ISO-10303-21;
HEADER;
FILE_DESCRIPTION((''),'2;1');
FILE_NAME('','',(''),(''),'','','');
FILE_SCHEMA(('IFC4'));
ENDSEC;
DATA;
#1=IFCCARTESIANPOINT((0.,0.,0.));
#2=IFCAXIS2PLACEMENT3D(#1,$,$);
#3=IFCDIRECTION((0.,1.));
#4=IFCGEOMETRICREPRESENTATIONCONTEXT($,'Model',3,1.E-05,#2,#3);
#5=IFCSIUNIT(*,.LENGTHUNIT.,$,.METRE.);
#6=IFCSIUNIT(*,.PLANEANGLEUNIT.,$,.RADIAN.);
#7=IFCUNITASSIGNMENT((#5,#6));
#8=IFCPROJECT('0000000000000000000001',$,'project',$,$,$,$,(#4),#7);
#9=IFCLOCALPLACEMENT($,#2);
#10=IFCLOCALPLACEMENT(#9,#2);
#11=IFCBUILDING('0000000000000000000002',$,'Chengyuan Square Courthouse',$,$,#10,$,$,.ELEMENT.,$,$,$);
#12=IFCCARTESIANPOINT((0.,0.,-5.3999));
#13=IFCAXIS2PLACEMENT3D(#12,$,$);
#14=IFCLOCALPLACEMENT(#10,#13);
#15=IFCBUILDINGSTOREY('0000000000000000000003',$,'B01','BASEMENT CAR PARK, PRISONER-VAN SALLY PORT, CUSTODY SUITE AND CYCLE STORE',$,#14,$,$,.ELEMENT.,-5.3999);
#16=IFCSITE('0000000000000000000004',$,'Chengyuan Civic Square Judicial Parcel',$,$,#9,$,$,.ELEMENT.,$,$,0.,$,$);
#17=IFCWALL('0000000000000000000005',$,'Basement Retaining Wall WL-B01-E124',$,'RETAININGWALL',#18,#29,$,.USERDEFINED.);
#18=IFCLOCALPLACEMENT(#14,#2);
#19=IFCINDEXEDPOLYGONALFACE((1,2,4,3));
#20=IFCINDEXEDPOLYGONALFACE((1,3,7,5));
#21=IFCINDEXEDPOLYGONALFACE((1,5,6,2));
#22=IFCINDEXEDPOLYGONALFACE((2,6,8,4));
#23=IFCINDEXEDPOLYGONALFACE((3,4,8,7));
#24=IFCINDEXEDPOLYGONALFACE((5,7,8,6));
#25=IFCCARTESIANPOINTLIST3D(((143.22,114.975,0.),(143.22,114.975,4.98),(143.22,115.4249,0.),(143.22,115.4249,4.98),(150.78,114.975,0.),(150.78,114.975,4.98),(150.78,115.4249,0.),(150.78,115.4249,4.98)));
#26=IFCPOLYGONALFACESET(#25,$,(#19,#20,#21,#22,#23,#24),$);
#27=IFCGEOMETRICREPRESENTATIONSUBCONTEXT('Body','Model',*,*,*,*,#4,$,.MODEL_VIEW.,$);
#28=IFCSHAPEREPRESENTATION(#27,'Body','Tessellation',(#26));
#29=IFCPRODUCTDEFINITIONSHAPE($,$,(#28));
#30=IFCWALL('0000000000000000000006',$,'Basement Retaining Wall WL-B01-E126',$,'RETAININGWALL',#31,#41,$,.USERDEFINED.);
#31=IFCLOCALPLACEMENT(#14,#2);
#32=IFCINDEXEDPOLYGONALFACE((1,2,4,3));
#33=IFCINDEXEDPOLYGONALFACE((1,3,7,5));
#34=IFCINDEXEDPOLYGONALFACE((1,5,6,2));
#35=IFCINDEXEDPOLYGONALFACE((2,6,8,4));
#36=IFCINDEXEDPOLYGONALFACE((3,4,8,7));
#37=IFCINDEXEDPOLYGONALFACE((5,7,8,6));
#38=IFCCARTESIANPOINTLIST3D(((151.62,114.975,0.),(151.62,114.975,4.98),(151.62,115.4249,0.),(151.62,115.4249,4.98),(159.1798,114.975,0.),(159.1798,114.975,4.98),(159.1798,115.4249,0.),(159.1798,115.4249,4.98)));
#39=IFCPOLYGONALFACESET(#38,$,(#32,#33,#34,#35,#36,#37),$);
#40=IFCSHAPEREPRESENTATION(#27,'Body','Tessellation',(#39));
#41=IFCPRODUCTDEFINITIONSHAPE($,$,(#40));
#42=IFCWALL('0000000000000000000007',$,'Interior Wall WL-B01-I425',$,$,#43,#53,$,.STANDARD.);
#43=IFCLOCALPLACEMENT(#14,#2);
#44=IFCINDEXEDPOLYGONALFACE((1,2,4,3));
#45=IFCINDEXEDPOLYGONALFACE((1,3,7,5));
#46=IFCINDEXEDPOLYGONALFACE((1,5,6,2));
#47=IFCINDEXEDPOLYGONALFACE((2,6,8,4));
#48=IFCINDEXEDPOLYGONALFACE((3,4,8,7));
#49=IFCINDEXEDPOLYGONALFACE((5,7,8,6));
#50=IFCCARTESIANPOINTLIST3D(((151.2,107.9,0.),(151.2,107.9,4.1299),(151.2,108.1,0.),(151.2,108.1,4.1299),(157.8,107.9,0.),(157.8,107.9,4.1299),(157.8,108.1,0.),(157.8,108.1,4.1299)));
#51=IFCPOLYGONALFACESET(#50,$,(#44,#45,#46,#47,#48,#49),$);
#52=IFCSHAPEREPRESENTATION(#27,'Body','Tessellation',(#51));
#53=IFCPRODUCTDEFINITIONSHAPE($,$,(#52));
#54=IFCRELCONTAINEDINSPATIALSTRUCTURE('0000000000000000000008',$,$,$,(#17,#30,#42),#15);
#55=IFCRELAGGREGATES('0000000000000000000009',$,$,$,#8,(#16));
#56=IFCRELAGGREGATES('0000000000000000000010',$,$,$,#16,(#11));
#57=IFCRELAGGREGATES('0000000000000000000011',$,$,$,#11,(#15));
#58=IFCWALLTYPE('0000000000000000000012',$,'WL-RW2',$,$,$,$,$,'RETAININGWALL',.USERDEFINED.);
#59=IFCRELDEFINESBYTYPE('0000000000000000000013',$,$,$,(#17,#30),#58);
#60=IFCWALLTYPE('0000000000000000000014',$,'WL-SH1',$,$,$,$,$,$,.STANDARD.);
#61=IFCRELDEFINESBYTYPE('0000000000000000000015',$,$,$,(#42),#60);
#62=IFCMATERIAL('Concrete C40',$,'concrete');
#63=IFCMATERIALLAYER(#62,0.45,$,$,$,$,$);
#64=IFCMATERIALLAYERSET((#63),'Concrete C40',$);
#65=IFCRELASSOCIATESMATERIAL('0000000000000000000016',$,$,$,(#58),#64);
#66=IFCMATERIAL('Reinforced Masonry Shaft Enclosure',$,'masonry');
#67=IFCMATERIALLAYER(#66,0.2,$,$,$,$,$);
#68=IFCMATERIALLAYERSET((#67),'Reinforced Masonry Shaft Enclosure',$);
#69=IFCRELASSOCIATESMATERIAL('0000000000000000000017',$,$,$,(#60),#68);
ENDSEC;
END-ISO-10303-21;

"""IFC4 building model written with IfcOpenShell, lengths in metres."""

from ifc_helpers import new_model, si_unit, direction, frame, frame_2d, origin, place, context, subcontext, project, spatial, rectangle, extrude, material, layer, layer_set, type_object, element, save


model = new_model("IFC4")

# Units and contexts
model_context = context("Model", 3, precision=1e-05, world=origin(), true_north=direction((0.0, 1.0)))
body_context = subcontext(model_context, "Body", "Model", "MODEL_VIEW")
ifc_project = project(units=[si_unit("LENGTHUNIT", "METRE"), si_unit("PLANEANGLEUNIT", "RADIAN")], contexts=[model_context])

# Site, building, storey
site_placement = place(None, origin())
site = spatial("IfcSite", under=ifc_project, at=site_placement, Name="Chengyuan Civic Square Judicial Parcel", CompositionType="ELEMENT", RefElevation=0.0)
building_placement = place(site_placement, origin())
building = spatial("IfcBuilding", under=site, at=building_placement, Name="Chengyuan Square Courthouse", CompositionType="ELEMENT")
storey_placement = place(building_placement, frame((0.0, 0.0, -5.3999)))
storey = spatial("IfcBuildingStorey", under=building, at=storey_placement, Name="B01", Description="BASEMENT CAR PARK, PRISONER-VAN SALLY PORT, CUSTODY SUITE AND CYCLE STORE", CompositionType="ELEMENT", Elevation=-5.3999)

# Shared definitions
ifc_material_1 = material(Name="Concrete C40", Category="concrete")

# Walls
ifc_layer_1 = layer(ifc_material_1, 0.45)
ifc_layer_set_1 = layer_set([ifc_layer_1], Name="Concrete C40")
wall_type_1 = type_object("IfcWallType", Name="WL-RW2", ElementType="RETAININGWALL", PredefinedType="USERDEFINED", material=ifc_layer_set_1)
wall_1_placement = place(storey_placement, frame((143.22, 115.2, 0.0), z_axis=(0.0, 0.0, 1.0), x_axis=(1.0, 0.0, 0.0)))
element("IfcWall", 1, at=wall_1_placement, inside=storey, type_object=wall_type_1, Name="Basement Retaining Wall WL-B01-E124", ObjectType="RETAININGWALL", PredefinedType="USERDEFINED", context=body_context, shape_type="SweptSolid", body=[
    extrude(rectangle(XDim=7.5601, YDim=0.45, at=frame_2d((3.78, 0.0))), origin(), (0.0, 0.0, 1.0), 4.98),
])
wall_2_placement = place(storey_placement, frame((151.6201, 115.2, 0.0), z_axis=(0.0, 0.0, 1.0), x_axis=(1.0, 0.0, 0.0)))
element("IfcWall", 2, at=wall_2_placement, inside=storey, type_object=wall_type_1, Name="Basement Retaining Wall WL-B01-E126", ObjectType="RETAININGWALL", PredefinedType="USERDEFINED", context=body_context, shape_type="SweptSolid", body=[
    extrude(rectangle(XDim=7.5598, YDim=0.45, at=frame_2d((3.7798, 0.0))), origin(), (0.0, 0.0, 1.0), 4.98),
])
ifc_material_2 = material(Name="Reinforced Masonry Shaft Enclosure", Category="masonry")
ifc_layer_2 = layer(ifc_material_2, 0.2)
ifc_layer_set_2 = layer_set([ifc_layer_2], Name="Reinforced Masonry Shaft Enclosure")
wall_type_2 = type_object("IfcWallType", Name="WL-SH1", PredefinedType="STANDARD", material=ifc_layer_set_2)
wall_3_placement = place(storey_placement, frame((151.2, 108.0, 0.0), z_axis=(0.0, 0.0, 1.0), x_axis=(1.0, 0.0, 0.0)))
element("IfcWall", 3, at=wall_3_placement, inside=storey, type_object=wall_type_2, Name="Interior Wall WL-B01-I425", PredefinedType="STANDARD", context=body_context, shape_type="SweptSolid", body=[
    extrude(rectangle(XDim=6.6001, YDim=0.2, at=frame_2d((3.3, 0.0))), origin(), (0.0, 0.0, 1.0), 4.1299),
])

save(model, "model.ifc")
